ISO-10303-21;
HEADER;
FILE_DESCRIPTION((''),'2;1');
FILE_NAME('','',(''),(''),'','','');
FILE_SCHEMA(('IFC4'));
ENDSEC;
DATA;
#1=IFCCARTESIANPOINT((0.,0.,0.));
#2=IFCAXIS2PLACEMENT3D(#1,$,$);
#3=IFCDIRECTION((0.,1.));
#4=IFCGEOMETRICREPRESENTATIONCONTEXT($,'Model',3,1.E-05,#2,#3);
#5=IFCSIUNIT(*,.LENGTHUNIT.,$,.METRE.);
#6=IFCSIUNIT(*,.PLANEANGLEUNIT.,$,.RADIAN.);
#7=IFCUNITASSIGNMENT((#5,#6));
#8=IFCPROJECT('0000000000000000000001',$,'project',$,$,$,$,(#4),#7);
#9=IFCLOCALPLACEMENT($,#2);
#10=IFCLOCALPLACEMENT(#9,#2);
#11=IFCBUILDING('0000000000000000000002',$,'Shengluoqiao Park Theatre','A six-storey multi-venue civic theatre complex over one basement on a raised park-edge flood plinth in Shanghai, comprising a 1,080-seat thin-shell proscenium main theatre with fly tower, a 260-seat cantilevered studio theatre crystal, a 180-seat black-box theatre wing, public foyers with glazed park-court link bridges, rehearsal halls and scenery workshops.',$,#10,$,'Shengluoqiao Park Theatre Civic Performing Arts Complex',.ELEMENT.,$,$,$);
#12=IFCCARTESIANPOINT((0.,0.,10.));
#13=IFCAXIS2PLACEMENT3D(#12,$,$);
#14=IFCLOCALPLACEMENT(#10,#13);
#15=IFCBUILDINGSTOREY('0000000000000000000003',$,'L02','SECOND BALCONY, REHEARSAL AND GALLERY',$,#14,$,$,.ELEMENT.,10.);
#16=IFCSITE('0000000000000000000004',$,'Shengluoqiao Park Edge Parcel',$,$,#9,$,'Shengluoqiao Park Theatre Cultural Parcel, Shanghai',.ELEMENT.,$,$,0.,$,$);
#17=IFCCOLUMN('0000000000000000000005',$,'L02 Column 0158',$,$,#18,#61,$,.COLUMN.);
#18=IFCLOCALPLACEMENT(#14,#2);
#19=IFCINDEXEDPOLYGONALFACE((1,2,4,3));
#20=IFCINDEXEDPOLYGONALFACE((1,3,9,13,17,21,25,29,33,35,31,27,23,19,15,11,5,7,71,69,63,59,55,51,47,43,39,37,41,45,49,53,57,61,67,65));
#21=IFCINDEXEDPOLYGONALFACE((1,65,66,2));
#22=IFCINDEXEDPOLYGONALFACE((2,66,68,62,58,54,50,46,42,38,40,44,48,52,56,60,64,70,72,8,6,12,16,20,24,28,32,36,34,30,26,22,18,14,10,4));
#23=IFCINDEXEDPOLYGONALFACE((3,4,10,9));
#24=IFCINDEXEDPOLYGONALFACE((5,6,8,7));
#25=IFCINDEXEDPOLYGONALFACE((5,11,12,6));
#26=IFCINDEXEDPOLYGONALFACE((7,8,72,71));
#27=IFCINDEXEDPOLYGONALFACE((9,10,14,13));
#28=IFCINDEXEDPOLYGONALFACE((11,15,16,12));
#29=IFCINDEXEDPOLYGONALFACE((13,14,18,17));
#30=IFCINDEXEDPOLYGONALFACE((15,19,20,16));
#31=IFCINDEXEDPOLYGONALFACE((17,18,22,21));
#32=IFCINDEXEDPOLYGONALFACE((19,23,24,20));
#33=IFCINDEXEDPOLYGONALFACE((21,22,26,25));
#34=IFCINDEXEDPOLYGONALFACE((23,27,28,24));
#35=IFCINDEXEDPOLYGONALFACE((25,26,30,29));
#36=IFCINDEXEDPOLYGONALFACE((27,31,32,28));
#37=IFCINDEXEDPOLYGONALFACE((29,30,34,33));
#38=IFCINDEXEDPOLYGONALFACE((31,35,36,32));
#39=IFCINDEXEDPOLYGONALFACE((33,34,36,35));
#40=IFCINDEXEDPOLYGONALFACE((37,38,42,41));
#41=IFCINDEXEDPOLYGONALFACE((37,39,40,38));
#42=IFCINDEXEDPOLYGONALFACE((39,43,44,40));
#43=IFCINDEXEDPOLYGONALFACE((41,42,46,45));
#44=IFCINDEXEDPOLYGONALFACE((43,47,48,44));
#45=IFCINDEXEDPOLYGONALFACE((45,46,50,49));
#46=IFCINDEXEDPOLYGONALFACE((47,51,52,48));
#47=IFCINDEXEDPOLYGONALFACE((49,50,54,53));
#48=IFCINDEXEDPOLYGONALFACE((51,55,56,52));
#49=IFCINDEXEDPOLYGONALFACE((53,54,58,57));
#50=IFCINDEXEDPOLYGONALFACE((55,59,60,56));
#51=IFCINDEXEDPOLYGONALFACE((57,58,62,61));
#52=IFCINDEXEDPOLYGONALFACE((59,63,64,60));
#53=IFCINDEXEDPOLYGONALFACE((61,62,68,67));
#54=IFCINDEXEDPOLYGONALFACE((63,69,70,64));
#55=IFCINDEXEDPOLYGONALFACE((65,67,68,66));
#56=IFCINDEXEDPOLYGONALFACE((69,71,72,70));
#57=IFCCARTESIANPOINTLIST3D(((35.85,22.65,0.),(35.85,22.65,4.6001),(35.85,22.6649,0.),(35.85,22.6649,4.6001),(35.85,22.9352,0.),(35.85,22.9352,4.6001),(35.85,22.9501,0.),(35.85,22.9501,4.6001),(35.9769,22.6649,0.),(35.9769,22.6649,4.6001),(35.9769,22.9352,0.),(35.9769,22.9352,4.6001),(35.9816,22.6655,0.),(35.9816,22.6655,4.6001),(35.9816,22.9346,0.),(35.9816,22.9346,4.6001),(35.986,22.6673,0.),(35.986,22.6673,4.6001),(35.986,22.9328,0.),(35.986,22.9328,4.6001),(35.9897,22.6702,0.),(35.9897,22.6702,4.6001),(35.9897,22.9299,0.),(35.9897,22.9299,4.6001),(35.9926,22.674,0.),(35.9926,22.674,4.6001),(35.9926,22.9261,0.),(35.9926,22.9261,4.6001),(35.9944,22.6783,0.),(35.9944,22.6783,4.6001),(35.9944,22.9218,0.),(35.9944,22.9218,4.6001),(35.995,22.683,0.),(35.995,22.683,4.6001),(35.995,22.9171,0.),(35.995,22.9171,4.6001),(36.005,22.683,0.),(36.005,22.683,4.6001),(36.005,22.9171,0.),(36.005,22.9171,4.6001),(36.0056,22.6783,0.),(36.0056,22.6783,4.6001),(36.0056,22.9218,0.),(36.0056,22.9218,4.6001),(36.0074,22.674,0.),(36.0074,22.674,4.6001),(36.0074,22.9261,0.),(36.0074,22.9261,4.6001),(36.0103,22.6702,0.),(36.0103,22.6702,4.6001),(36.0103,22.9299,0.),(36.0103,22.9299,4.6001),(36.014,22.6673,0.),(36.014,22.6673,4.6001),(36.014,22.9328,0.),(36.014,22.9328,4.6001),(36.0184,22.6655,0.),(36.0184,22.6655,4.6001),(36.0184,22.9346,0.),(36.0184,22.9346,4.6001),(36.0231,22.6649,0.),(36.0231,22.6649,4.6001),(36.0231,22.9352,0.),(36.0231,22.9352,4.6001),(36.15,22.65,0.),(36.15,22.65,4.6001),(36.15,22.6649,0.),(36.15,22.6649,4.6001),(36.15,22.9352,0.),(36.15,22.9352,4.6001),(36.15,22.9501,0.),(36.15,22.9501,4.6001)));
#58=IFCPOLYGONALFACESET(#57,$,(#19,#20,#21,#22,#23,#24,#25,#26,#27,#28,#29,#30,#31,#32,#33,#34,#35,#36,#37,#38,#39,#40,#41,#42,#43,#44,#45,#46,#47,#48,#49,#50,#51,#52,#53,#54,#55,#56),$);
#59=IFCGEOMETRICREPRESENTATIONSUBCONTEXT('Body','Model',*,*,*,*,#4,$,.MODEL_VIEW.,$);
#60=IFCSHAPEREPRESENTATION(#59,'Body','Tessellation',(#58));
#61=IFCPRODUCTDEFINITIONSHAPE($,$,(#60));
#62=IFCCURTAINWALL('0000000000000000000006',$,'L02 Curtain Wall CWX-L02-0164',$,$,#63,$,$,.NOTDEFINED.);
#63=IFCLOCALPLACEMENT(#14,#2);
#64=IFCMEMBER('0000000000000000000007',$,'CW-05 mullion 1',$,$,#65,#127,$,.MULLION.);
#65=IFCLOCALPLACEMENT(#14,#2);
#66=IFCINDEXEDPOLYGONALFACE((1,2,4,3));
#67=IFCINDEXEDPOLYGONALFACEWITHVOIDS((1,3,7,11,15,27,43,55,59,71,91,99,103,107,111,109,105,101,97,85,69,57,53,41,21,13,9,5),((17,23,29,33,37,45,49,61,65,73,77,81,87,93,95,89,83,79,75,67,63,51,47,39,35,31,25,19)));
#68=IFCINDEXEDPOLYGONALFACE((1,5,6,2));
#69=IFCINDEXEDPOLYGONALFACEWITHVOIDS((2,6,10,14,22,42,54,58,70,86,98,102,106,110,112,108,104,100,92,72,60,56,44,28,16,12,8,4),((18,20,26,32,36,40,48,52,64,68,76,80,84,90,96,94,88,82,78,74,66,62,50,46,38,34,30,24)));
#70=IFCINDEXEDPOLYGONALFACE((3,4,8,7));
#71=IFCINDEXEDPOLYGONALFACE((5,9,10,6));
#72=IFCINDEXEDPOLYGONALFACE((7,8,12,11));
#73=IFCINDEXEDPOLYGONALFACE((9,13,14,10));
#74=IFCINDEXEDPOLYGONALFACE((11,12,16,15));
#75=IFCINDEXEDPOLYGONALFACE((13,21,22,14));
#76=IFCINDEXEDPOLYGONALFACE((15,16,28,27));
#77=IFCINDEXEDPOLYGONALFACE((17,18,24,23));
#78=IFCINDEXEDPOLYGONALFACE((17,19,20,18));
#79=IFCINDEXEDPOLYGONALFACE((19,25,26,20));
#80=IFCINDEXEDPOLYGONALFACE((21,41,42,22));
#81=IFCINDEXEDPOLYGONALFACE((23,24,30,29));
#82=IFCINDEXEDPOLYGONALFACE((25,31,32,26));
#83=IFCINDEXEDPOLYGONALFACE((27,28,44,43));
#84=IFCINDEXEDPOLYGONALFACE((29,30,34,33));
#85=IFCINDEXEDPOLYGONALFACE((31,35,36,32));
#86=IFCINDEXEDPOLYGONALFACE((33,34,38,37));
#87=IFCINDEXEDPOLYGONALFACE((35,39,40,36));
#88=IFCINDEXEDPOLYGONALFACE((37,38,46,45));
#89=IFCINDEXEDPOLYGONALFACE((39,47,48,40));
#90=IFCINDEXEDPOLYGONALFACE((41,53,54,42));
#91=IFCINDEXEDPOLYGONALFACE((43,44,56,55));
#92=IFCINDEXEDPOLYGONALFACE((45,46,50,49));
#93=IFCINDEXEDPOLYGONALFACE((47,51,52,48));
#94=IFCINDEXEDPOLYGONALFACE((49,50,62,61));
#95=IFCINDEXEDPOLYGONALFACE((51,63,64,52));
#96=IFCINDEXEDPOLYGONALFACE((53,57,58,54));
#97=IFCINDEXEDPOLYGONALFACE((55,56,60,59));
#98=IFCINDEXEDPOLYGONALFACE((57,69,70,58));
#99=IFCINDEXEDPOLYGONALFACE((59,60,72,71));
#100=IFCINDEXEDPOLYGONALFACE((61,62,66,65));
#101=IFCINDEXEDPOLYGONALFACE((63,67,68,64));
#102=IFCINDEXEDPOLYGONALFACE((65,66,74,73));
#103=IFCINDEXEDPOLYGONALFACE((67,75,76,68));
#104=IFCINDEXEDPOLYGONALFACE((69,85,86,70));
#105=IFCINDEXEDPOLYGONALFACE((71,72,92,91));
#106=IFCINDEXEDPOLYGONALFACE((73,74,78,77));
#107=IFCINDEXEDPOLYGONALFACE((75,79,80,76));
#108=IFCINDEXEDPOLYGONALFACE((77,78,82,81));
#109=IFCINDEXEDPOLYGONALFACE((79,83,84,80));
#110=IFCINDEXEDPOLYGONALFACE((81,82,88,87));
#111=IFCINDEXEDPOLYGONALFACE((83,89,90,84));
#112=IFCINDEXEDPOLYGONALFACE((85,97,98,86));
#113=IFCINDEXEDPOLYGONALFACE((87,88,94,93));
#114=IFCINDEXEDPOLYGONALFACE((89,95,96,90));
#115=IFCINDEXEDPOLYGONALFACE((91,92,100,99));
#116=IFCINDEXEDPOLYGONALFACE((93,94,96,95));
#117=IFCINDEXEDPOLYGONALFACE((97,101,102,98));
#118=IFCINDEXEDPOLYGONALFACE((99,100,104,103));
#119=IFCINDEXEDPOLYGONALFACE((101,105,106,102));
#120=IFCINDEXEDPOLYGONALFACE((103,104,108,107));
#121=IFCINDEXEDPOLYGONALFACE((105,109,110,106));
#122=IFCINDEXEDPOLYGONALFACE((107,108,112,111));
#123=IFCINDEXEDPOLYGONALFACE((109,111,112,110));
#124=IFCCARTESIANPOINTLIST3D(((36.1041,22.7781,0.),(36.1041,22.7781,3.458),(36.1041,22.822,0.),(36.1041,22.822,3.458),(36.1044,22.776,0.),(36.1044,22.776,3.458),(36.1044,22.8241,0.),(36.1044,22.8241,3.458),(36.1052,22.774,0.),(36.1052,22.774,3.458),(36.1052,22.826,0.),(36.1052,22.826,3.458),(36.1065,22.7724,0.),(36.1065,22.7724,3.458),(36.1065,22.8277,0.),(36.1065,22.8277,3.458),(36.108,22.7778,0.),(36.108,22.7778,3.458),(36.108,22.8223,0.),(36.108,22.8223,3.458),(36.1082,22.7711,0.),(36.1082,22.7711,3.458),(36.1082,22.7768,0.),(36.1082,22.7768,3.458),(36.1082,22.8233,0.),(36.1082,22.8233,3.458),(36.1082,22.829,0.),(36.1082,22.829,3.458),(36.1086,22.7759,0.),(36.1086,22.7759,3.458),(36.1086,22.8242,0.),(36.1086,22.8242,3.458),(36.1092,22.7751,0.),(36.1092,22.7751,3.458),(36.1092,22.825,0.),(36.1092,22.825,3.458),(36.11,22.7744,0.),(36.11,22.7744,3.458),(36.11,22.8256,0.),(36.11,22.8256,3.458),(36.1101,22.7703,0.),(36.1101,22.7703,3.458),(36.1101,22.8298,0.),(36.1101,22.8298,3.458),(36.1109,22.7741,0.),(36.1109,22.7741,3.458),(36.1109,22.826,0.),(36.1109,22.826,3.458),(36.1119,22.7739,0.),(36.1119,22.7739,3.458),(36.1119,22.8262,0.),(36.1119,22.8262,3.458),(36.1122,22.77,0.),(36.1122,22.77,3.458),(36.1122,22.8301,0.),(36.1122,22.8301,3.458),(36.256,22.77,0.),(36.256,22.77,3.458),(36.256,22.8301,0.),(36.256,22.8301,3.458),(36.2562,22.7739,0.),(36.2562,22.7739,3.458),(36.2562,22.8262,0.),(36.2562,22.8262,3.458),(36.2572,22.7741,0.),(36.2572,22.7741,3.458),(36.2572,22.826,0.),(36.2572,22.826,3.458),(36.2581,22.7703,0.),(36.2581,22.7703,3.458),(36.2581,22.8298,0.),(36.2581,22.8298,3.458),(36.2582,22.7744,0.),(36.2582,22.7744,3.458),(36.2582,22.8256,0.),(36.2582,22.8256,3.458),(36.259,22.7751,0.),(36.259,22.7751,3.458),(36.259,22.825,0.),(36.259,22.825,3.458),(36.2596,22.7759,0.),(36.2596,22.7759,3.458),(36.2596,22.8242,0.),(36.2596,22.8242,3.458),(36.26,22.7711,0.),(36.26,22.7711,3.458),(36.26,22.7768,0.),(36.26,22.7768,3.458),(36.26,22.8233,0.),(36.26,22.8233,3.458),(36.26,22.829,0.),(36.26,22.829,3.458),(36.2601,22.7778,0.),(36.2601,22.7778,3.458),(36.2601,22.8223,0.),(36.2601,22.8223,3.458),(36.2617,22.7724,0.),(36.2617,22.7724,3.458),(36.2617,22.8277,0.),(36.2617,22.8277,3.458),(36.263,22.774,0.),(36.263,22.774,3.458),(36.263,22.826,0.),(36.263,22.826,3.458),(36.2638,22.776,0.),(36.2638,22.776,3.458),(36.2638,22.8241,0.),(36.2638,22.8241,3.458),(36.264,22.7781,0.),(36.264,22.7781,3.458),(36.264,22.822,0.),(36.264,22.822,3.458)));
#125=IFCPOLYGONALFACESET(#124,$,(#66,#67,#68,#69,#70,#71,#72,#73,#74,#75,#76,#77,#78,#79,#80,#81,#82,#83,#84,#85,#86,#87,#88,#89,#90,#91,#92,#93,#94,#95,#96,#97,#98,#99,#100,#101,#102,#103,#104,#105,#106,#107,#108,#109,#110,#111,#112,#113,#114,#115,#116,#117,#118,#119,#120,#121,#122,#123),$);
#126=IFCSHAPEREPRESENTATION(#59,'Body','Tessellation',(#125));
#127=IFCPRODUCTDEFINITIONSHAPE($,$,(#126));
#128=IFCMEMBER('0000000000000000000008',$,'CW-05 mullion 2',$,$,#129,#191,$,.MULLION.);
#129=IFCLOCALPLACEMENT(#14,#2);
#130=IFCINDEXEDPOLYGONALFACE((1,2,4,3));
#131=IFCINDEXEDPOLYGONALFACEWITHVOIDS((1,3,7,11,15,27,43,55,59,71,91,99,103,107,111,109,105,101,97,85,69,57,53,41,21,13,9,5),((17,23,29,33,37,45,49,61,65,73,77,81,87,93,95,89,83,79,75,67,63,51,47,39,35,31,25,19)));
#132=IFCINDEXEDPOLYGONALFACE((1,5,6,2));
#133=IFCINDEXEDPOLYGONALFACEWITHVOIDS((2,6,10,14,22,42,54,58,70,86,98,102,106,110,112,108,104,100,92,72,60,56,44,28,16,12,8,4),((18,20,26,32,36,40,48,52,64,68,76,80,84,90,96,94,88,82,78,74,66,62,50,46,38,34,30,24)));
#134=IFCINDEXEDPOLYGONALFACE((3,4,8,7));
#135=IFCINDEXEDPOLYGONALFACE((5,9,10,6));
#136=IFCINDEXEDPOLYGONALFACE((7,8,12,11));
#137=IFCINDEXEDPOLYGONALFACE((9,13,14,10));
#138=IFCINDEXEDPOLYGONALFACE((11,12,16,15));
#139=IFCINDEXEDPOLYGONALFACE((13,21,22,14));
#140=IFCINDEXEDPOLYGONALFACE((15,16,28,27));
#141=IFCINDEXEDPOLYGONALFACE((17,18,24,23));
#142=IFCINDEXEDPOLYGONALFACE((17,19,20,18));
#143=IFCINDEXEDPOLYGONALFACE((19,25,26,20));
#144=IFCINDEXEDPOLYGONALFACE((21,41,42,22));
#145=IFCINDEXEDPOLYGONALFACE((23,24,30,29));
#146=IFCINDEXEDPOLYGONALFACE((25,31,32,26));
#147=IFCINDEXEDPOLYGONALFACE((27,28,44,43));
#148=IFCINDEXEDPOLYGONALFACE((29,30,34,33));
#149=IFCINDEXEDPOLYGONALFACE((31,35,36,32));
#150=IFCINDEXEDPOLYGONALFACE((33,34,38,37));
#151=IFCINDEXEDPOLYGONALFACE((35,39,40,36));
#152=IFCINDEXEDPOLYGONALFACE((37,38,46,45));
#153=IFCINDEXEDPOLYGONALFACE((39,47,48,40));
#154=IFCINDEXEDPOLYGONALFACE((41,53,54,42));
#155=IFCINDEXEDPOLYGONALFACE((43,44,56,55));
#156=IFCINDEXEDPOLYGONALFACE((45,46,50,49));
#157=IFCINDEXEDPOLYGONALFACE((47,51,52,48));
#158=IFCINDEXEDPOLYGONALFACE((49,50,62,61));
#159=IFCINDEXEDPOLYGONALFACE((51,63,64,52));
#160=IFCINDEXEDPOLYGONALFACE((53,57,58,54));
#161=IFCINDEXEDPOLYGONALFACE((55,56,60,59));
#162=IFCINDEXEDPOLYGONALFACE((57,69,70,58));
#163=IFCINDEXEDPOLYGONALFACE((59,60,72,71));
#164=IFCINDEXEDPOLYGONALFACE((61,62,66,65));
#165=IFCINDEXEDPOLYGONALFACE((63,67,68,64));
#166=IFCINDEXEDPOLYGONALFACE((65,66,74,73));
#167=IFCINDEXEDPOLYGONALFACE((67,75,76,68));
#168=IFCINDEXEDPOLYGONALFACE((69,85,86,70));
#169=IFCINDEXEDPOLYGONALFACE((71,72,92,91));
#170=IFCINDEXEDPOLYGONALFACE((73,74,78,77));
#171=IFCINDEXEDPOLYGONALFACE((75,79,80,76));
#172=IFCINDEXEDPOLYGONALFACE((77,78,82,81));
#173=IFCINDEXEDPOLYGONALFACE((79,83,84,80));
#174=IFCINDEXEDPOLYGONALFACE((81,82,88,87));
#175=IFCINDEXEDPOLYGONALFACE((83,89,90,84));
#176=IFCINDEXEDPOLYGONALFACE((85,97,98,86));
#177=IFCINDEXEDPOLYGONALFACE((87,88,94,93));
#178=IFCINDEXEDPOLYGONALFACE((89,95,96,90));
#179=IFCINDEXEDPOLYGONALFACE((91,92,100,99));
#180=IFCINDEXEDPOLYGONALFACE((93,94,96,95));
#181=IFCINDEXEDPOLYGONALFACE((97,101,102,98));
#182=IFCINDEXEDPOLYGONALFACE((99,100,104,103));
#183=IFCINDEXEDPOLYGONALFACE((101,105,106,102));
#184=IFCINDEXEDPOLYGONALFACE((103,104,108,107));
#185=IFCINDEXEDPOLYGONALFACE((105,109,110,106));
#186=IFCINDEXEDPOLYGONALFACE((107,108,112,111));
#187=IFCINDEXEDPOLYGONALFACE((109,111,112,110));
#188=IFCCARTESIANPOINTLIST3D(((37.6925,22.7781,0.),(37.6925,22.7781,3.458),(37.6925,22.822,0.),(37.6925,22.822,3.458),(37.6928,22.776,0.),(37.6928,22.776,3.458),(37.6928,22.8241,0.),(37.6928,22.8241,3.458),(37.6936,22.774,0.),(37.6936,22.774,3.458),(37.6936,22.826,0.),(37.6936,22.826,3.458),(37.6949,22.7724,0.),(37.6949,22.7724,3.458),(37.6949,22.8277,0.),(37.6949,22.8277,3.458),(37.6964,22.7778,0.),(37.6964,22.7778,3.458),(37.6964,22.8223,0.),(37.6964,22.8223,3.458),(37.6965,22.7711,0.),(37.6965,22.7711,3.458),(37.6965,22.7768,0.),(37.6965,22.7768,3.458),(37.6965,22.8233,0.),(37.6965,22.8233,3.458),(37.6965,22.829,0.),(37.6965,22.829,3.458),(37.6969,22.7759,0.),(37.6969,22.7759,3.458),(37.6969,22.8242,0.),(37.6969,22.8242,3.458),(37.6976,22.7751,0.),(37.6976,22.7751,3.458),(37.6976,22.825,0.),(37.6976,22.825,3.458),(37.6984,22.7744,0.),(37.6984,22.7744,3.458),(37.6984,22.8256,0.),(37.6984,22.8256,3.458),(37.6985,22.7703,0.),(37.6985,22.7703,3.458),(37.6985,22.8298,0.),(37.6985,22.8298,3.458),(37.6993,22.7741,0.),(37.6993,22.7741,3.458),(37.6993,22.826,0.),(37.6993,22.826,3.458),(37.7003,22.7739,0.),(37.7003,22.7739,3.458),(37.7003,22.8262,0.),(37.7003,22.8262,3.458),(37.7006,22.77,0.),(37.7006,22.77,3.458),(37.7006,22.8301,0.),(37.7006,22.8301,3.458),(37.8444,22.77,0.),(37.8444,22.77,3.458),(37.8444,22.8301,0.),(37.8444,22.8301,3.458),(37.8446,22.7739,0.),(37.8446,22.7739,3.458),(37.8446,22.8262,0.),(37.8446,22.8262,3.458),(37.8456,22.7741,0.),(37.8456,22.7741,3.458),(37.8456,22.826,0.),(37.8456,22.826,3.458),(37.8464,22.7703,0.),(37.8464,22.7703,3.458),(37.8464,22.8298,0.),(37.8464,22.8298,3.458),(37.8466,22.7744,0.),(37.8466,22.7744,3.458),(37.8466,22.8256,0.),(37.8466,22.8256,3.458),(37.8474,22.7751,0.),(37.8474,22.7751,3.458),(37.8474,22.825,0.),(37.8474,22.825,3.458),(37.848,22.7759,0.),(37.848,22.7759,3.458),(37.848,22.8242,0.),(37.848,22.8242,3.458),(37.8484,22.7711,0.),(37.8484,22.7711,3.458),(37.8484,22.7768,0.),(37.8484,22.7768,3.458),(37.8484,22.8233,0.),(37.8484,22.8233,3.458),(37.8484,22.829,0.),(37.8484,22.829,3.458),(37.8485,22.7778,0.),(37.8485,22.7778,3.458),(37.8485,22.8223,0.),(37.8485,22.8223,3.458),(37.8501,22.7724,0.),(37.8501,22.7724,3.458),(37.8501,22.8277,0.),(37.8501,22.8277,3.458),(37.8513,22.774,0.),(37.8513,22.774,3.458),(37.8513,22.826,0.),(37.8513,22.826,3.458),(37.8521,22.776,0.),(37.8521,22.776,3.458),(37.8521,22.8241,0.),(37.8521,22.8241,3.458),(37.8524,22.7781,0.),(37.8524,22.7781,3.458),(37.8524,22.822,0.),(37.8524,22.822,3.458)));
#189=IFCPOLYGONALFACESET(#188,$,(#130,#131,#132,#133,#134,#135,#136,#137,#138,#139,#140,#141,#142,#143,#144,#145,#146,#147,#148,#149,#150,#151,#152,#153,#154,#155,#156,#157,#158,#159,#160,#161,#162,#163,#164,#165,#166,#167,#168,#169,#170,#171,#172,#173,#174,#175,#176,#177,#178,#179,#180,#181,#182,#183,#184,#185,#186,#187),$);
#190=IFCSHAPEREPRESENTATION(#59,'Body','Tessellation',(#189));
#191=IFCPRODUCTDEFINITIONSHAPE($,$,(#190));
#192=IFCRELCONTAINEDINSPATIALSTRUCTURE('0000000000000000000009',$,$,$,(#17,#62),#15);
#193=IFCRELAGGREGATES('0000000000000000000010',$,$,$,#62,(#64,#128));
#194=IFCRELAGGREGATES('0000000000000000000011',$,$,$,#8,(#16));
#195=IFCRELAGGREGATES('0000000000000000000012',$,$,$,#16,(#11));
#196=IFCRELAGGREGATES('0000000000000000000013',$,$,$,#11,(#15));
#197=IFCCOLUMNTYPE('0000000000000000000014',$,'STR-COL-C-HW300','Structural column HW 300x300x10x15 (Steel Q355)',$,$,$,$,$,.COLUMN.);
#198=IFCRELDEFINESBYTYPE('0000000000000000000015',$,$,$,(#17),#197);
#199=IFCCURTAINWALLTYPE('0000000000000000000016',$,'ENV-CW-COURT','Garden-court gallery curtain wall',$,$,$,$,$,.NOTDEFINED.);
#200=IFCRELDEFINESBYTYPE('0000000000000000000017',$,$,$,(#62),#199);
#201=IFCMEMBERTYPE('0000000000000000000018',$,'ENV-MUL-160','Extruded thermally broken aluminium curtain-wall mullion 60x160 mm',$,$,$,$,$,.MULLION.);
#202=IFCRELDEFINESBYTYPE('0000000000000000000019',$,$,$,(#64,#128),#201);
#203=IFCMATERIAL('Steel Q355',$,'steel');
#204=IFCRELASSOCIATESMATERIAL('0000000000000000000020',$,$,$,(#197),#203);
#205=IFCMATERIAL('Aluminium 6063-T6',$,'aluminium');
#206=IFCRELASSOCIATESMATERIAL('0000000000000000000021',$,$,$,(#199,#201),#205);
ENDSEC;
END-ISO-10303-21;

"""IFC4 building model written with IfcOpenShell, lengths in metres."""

from ifc_helpers import new_model, si_unit, direction, frame, origin, origin_2d, place, context, subcontext, project, spatial, hollow_rectangle, i_section, extrude, material, material_profile, profile_set, type_object, element, aggregate, save


model = new_model("IFC4")

# Units and contexts
model_context = context("Model", 3, precision=1e-05, world=origin(), true_north=direction((0.0, 1.0)))
body_context = subcontext(model_context, "Body", "Model", "MODEL_VIEW")
ifc_project = project(units=[si_unit("LENGTHUNIT", "METRE"), si_unit("PLANEANGLEUNIT", "RADIAN")], contexts=[model_context])

# Site, building, storey
site_placement = place(None, origin())
site = spatial("IfcSite", under=ifc_project, at=site_placement, Name="Shengluoqiao Park Edge Parcel", LongName="Shengluoqiao Park Theatre Cultural Parcel, Shanghai", CompositionType="ELEMENT", RefElevation=0.0)
building_placement = place(site_placement, origin())
building = spatial("IfcBuilding", under=site, at=building_placement, Name="Shengluoqiao Park Theatre", Description="A six-storey multi-venue civic theatre complex over one basement on a raised park-edge flood plinth in Shanghai, comprising a 1,080-seat thin-shell proscenium main theatre with fly tower, a 260-seat cantilevered studio theatre crystal, a 180-seat black-box theatre wing, public foyers with glazed park-court link bridges, rehearsal halls and scenery workshops.", LongName="Shengluoqiao Park Theatre Civic Performing Arts Complex", CompositionType="ELEMENT")
storey_placement = place(building_placement, frame((0.0, 0.0, 10.0)))
storey = spatial("IfcBuildingStorey", under=building, at=storey_placement, Name="L02", Description="SECOND BALCONY, REHEARSAL AND GALLERY", CompositionType="ELEMENT", Elevation=10.0)

# Column
ifc_material_1 = material(Name="Steel Q355", Category="steel")
ifc_material_profile_1 = material_profile(ifc_material_1, i_section(OverallWidth=0.3, OverallDepth=0.3, WebThickness=0.01, FlangeThickness=0.0149, FilletRadius=0.0181, at=origin_2d()), Name="HW 300x300x10x15")
ifc_profile_set_1 = profile_set([ifc_material_profile_1], Name="Steel Q355")
column_type = type_object("IfcColumnType", Name="STR-COL-C-HW300", Description="Structural column HW 300x300x10x15 (Steel Q355)", PredefinedType="COLUMN", material=ifc_profile_set_1)
column_placement = place(storey_placement, frame((36.0, 22.8, 0.0), z_axis=(0.0, 0.0, 1.0), x_axis=(1.0, 0.0, 0.0)))
element("IfcColumn", 1, at=column_placement, inside=storey, type_object=column_type, Name="L02 Column 0158", PredefinedType="COLUMN", context=body_context, shape_type="SweptSolid", body=[
    extrude(i_section(OverallWidth=0.3, OverallDepth=0.3, WebThickness=0.01, FlangeThickness=0.0149, FilletRadius=0.0181, at=origin_2d()), origin(), (0.0, 0.0, 1.0), 4.6001),
])

# Curtain wall, members
ifc_material_2 = material(Name="Aluminium 6063-T6", Category="aluminium")
curtain_wall_type = type_object("IfcCurtainWallType", Name="ENV-CW-COURT", Description="Garden-court gallery curtain wall", PredefinedType="NOTDEFINED", material=ifc_material_2)
curtain_wall_placement = place(storey_placement, origin())
curtain_wall = element("IfcCurtainWall", 2, at=curtain_wall_placement, inside=storey, type_object=curtain_wall_type, Name="L02 Curtain Wall CWX-L02-0164", PredefinedType="NOTDEFINED")
ifc_material_profile_2 = material_profile(ifc_material_2, hollow_rectangle(XDim=0.0601, YDim=0.1599, WallThickness=0.0039, InnerFilletRadius=0.0039, OuterFilletRadius=0.0081, at=origin_2d()), Name="ALU MULLION 160x60x4")
ifc_profile_set_2 = profile_set([ifc_material_profile_2], Name="Aluminium 6063-T6")
member_type_1 = type_object("IfcMemberType", Name="ENV-MUL-160", Description="Extruded thermally broken aluminium curtain-wall mullion 60x160 mm", PredefinedType="MULLION", material=ifc_profile_set_2)
member_1_placement = place(storey_placement, frame((36.1841, 22.8, 0.0), z_axis=(0.0, 0.0, 1.0), x_axis=(0.0, 1.0, 0.0)))
member_1 = element("IfcMember", 3, at=member_1_placement, type_object=member_type_1, Name="CW-05 mullion 1", PredefinedType="MULLION", context=body_context, shape_type="SweptSolid", body=[
    extrude(hollow_rectangle(XDim=0.0601, YDim=0.1599, WallThickness=0.0039, InnerFilletRadius=0.0039, OuterFilletRadius=0.0081, at=origin_2d()), origin(), (0.0, 0.0, 1.0), 3.458),
])
member_2_placement = place(storey_placement, frame((37.7725, 22.8, 0.0), z_axis=(0.0, 0.0, 1.0), x_axis=(0.0, 1.0, 0.0)))
member_2 = element("IfcMember", 4, at=member_2_placement, type_object=member_type_1, Name="CW-05 mullion 2", PredefinedType="MULLION", context=body_context, shape_type="SweptSolid", body=[
    extrude(hollow_rectangle(XDim=0.0601, YDim=0.1599, WallThickness=0.0039, InnerFilletRadius=0.0039, OuterFilletRadius=0.0081, at=origin_2d()), origin(), (0.0, 0.0, 1.0), 3.458),
])

aggregate(curtain_wall, [member_1, member_2])

save(model, "model.ifc")
